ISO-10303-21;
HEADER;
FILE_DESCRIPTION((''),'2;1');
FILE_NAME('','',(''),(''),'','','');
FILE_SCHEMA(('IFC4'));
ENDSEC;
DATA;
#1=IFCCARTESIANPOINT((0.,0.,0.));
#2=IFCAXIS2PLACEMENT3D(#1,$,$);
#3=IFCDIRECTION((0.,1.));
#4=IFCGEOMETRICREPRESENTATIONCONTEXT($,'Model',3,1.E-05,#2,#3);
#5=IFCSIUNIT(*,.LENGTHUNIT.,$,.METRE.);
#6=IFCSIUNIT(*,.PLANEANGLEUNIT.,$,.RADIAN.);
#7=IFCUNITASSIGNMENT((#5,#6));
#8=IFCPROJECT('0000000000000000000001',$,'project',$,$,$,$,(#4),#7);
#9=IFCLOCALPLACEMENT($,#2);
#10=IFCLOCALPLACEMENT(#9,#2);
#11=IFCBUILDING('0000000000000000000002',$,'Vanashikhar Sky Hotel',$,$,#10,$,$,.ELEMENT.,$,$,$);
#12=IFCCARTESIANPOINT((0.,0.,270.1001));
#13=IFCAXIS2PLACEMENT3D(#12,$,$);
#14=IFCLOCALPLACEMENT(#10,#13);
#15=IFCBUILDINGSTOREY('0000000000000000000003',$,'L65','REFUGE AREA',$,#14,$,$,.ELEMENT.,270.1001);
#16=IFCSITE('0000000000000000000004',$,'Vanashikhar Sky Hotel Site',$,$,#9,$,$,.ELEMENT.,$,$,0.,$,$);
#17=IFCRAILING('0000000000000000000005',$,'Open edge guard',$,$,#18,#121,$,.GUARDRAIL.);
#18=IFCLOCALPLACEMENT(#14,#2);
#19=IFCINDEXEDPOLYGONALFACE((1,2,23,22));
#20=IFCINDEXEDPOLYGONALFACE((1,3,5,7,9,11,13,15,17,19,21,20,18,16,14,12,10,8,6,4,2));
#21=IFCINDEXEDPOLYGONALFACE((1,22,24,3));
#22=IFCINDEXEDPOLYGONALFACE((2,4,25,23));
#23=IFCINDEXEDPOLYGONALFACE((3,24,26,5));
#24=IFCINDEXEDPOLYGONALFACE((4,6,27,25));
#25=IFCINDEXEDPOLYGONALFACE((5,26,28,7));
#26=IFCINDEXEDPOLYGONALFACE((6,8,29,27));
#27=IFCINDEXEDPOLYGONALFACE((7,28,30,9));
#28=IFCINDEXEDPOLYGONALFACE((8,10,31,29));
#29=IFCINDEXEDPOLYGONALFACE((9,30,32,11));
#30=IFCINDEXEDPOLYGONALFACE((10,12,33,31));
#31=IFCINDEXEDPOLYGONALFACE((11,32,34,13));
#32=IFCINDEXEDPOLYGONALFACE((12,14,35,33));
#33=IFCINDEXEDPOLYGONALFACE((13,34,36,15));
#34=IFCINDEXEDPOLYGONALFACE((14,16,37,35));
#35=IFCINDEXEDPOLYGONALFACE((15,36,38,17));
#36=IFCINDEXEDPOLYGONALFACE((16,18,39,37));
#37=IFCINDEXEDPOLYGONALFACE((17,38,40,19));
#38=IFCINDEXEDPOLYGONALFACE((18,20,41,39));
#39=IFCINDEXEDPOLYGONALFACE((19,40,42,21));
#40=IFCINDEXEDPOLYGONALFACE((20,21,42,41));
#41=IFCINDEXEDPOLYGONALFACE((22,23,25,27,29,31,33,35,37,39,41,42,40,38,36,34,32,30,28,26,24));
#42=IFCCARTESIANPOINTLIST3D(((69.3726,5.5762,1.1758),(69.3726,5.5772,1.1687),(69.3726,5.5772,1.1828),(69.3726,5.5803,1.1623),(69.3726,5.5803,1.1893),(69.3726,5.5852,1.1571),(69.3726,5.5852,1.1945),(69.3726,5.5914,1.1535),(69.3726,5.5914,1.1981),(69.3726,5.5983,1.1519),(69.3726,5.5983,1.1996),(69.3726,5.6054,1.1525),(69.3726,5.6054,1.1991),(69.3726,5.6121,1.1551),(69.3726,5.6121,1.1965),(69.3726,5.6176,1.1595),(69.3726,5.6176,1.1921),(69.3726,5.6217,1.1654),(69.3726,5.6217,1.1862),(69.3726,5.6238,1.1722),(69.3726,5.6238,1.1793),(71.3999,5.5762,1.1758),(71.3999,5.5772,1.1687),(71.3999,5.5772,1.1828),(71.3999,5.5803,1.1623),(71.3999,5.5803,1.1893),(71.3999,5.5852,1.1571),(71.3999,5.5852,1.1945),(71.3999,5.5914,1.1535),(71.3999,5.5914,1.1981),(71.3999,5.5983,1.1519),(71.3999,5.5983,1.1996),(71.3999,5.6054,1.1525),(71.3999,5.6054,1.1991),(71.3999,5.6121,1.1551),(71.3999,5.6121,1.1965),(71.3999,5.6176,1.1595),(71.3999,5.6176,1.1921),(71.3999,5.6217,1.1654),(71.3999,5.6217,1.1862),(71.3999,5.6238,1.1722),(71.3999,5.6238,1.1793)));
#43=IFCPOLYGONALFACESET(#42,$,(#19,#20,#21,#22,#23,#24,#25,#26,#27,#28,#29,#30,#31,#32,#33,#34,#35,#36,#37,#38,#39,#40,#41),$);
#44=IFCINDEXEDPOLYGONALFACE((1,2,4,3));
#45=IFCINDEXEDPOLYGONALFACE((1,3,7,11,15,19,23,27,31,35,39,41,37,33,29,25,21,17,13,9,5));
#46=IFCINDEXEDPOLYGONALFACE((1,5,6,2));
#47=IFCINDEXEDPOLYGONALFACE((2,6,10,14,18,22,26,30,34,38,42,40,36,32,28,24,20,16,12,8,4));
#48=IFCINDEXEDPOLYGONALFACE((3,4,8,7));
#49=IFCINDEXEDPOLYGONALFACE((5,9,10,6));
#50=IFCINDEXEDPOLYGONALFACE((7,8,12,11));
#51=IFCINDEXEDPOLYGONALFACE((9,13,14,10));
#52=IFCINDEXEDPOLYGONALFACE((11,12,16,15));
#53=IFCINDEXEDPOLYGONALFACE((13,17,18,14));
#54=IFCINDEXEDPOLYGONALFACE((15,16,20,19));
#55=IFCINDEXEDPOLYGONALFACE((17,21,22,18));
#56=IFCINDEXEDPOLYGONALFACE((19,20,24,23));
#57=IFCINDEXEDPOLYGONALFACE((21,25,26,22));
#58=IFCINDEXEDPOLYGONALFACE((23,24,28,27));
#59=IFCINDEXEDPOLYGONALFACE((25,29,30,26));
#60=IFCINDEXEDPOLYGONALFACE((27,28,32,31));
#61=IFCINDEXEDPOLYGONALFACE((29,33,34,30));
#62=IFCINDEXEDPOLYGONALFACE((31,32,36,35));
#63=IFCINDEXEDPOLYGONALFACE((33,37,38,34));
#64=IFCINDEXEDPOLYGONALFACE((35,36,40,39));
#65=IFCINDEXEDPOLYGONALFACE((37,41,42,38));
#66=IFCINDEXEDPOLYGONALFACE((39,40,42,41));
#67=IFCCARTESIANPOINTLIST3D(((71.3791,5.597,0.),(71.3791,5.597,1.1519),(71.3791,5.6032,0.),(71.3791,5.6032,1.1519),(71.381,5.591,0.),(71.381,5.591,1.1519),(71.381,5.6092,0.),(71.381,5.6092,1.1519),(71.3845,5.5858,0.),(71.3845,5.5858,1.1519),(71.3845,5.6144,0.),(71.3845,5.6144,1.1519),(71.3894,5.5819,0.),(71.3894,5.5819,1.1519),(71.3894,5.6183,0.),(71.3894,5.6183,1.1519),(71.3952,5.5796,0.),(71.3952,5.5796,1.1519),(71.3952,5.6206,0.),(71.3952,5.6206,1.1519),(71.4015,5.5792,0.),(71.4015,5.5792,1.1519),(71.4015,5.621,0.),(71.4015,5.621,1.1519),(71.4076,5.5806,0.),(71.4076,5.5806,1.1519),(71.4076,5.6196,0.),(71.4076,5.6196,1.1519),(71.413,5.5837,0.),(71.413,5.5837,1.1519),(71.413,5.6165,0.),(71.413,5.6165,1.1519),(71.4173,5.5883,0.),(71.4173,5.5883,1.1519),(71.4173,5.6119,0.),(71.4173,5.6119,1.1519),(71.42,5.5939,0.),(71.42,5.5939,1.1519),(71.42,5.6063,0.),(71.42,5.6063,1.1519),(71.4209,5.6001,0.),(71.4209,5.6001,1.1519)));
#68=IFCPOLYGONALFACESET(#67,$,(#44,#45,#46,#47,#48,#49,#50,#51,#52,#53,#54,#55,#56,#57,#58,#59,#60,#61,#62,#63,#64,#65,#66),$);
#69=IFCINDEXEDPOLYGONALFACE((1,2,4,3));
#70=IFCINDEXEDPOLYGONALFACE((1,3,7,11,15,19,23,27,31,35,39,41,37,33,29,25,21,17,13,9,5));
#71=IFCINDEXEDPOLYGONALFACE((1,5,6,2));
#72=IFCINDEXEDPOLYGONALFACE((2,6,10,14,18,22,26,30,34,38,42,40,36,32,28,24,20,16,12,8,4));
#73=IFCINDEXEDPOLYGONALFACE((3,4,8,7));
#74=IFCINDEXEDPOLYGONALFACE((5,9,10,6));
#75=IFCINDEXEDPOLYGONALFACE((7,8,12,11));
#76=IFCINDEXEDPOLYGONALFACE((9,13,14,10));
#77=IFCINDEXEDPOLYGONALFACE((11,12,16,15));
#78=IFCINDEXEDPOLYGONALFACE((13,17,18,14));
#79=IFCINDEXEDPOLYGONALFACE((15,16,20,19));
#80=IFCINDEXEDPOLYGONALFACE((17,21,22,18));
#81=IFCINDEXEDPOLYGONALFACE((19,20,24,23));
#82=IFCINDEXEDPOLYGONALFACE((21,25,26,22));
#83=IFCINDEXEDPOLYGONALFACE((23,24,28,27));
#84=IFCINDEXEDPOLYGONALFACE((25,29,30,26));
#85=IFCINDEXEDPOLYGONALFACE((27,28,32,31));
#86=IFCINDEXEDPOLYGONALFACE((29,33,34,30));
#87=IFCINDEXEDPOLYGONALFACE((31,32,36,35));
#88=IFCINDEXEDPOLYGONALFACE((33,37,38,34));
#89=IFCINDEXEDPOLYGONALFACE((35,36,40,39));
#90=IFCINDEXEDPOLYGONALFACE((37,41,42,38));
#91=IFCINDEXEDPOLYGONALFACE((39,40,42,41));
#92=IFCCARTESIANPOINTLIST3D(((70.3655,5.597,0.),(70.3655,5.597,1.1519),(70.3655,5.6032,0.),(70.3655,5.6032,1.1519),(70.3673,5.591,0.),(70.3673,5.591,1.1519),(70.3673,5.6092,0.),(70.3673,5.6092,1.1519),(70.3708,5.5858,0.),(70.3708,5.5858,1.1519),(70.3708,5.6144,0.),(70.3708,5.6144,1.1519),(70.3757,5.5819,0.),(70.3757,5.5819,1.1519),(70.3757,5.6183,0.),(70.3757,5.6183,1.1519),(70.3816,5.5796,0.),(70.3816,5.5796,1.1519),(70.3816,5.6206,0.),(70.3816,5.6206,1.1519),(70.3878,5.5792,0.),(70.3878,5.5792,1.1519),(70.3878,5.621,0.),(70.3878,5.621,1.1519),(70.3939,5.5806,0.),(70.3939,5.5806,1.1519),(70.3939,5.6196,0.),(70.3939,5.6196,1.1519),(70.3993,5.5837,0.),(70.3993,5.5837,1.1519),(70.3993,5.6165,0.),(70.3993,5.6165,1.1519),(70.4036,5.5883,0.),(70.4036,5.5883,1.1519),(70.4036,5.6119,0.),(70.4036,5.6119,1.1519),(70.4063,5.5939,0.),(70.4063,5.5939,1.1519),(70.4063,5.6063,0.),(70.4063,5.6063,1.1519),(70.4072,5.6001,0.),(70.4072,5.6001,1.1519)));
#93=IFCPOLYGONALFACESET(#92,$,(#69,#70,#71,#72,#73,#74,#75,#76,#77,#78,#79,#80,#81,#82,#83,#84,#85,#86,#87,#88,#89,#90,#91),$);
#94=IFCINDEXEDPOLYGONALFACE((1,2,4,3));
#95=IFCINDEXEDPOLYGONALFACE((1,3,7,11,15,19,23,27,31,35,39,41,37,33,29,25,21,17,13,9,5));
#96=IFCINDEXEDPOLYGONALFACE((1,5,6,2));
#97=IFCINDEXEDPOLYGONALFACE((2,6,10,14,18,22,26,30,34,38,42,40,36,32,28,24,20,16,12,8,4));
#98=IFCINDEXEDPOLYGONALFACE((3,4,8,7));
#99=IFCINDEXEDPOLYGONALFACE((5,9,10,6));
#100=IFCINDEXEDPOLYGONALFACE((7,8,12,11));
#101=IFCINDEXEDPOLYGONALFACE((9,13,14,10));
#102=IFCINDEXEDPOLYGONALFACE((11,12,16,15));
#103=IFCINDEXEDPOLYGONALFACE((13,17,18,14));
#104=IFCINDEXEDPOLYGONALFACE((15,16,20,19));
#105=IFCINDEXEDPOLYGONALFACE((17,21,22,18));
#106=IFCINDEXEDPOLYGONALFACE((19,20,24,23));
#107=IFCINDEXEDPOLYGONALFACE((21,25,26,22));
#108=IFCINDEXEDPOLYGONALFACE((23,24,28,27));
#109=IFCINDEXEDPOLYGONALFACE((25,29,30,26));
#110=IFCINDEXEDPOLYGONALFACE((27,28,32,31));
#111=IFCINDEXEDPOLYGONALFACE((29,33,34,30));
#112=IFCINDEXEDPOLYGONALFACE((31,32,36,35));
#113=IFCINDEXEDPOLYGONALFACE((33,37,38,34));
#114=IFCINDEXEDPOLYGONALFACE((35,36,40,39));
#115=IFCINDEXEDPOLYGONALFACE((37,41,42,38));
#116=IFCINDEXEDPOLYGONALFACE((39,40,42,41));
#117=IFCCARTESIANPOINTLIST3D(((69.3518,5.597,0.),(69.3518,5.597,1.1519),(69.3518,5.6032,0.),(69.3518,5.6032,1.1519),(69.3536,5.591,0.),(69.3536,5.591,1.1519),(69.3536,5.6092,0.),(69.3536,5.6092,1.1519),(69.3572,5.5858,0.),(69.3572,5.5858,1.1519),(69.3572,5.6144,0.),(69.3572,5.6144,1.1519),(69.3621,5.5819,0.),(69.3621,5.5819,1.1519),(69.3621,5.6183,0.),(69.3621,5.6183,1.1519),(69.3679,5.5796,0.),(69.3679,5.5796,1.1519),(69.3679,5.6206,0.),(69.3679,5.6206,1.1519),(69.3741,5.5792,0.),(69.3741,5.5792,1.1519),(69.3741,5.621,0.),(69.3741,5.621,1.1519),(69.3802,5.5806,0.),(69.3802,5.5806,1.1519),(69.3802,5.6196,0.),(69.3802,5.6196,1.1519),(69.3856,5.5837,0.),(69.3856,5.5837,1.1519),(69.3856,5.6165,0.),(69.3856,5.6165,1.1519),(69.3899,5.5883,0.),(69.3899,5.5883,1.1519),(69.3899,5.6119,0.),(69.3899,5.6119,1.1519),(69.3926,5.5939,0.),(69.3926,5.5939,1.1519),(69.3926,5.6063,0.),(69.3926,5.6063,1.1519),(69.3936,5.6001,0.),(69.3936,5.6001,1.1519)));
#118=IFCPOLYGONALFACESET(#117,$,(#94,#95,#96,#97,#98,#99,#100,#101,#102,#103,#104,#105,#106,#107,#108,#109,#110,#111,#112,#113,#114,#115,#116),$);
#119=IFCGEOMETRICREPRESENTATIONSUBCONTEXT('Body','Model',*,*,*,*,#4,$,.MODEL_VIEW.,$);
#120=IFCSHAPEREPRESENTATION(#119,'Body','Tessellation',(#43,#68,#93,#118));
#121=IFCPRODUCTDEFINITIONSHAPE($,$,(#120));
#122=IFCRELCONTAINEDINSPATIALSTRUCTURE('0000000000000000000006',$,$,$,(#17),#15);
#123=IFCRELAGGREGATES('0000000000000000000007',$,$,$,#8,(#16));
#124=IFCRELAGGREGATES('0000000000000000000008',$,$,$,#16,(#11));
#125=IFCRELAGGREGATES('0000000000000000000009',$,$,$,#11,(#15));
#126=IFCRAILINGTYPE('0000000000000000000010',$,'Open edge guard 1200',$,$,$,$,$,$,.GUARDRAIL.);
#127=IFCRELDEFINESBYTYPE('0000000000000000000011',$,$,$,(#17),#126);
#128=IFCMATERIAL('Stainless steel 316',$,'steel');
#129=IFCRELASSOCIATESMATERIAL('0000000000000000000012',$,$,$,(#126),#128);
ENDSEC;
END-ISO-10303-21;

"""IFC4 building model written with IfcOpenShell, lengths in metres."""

from ifc_helpers import new_model, si_unit, direction, frame, origin, origin_2d, place, context, subcontext, project, spatial, circle, extrude, source, transform, mapped, material, type_object, element, save


model = new_model("IFC4")

# Units and contexts
model_context = context("Model", 3, precision=1e-05, world=origin(), true_north=direction((0.0, 1.0)))
body_context = subcontext(model_context, "Body", "Model", "MODEL_VIEW")
ifc_project = project(units=[si_unit("LENGTHUNIT", "METRE"), si_unit("PLANEANGLEUNIT", "RADIAN")], contexts=[model_context])

# Site, building, storey
site_placement = place(None, origin())
site = spatial("IfcSite", under=ifc_project, at=site_placement, Name="Vanashikhar Sky Hotel Site", CompositionType="ELEMENT", RefElevation=0.0)
building_placement = place(site_placement, origin())
building = spatial("IfcBuilding", under=site, at=building_placement, Name="Vanashikhar Sky Hotel", CompositionType="ELEMENT")
storey_placement = place(building_placement, frame((0.0, 0.0, 270.1001)))
storey = spatial("IfcBuildingStorey", under=building, at=storey_placement, Name="L65", Description="REFUGE AREA", CompositionType="ELEMENT", Elevation=270.1001)

# Railing
ifc_material_1 = material(Name="Stainless steel 316", Category="steel")
railing_type = type_object("IfcRailingType", Name="Open edge guard 1200", PredefinedType="GUARDRAIL", material=ifc_material_1)
shared_shape_1 = source(origin(), body_context, "Body", "SweptSolid", [
    extrude(circle(Radius=0.0239, at=origin_2d()), frame((0.0, 0.0, 1.1758), z_axis=(-1.0, 0.0, 0.0), x_axis=(0.0, -1.0, 0.0)), (0.0, 0.0, 1.0), 2.0273),
    extrude(circle(Radius=0.021, at=origin_2d()), origin(), (0.0, 0.0, 1.0), 1.1519),
    extrude(circle(Radius=0.021, at=origin_2d()), frame((-1.0137, 0.0, 0.0)), (0.0, 0.0, 1.0), 1.1519),
    extrude(circle(Radius=0.021, at=origin_2d()), frame((-2.0273, 0.0, 0.0)), (0.0, 0.0, 1.0), 1.1519),
])
railing_1_placement = place(storey_placement, frame((71.3999, 5.6001, 0.0)))
element("IfcRailing", 1, at=railing_1_placement, inside=storey, type_object=railing_type, Name="Open edge guard", PredefinedType="GUARDRAIL", context=body_context, shape_type="MappedRepresentation", body=[
    mapped(shared_shape_1, transform((0.0, 0.0, 0.0), scale=1.0)),
])

save(model, "model.ifc")
